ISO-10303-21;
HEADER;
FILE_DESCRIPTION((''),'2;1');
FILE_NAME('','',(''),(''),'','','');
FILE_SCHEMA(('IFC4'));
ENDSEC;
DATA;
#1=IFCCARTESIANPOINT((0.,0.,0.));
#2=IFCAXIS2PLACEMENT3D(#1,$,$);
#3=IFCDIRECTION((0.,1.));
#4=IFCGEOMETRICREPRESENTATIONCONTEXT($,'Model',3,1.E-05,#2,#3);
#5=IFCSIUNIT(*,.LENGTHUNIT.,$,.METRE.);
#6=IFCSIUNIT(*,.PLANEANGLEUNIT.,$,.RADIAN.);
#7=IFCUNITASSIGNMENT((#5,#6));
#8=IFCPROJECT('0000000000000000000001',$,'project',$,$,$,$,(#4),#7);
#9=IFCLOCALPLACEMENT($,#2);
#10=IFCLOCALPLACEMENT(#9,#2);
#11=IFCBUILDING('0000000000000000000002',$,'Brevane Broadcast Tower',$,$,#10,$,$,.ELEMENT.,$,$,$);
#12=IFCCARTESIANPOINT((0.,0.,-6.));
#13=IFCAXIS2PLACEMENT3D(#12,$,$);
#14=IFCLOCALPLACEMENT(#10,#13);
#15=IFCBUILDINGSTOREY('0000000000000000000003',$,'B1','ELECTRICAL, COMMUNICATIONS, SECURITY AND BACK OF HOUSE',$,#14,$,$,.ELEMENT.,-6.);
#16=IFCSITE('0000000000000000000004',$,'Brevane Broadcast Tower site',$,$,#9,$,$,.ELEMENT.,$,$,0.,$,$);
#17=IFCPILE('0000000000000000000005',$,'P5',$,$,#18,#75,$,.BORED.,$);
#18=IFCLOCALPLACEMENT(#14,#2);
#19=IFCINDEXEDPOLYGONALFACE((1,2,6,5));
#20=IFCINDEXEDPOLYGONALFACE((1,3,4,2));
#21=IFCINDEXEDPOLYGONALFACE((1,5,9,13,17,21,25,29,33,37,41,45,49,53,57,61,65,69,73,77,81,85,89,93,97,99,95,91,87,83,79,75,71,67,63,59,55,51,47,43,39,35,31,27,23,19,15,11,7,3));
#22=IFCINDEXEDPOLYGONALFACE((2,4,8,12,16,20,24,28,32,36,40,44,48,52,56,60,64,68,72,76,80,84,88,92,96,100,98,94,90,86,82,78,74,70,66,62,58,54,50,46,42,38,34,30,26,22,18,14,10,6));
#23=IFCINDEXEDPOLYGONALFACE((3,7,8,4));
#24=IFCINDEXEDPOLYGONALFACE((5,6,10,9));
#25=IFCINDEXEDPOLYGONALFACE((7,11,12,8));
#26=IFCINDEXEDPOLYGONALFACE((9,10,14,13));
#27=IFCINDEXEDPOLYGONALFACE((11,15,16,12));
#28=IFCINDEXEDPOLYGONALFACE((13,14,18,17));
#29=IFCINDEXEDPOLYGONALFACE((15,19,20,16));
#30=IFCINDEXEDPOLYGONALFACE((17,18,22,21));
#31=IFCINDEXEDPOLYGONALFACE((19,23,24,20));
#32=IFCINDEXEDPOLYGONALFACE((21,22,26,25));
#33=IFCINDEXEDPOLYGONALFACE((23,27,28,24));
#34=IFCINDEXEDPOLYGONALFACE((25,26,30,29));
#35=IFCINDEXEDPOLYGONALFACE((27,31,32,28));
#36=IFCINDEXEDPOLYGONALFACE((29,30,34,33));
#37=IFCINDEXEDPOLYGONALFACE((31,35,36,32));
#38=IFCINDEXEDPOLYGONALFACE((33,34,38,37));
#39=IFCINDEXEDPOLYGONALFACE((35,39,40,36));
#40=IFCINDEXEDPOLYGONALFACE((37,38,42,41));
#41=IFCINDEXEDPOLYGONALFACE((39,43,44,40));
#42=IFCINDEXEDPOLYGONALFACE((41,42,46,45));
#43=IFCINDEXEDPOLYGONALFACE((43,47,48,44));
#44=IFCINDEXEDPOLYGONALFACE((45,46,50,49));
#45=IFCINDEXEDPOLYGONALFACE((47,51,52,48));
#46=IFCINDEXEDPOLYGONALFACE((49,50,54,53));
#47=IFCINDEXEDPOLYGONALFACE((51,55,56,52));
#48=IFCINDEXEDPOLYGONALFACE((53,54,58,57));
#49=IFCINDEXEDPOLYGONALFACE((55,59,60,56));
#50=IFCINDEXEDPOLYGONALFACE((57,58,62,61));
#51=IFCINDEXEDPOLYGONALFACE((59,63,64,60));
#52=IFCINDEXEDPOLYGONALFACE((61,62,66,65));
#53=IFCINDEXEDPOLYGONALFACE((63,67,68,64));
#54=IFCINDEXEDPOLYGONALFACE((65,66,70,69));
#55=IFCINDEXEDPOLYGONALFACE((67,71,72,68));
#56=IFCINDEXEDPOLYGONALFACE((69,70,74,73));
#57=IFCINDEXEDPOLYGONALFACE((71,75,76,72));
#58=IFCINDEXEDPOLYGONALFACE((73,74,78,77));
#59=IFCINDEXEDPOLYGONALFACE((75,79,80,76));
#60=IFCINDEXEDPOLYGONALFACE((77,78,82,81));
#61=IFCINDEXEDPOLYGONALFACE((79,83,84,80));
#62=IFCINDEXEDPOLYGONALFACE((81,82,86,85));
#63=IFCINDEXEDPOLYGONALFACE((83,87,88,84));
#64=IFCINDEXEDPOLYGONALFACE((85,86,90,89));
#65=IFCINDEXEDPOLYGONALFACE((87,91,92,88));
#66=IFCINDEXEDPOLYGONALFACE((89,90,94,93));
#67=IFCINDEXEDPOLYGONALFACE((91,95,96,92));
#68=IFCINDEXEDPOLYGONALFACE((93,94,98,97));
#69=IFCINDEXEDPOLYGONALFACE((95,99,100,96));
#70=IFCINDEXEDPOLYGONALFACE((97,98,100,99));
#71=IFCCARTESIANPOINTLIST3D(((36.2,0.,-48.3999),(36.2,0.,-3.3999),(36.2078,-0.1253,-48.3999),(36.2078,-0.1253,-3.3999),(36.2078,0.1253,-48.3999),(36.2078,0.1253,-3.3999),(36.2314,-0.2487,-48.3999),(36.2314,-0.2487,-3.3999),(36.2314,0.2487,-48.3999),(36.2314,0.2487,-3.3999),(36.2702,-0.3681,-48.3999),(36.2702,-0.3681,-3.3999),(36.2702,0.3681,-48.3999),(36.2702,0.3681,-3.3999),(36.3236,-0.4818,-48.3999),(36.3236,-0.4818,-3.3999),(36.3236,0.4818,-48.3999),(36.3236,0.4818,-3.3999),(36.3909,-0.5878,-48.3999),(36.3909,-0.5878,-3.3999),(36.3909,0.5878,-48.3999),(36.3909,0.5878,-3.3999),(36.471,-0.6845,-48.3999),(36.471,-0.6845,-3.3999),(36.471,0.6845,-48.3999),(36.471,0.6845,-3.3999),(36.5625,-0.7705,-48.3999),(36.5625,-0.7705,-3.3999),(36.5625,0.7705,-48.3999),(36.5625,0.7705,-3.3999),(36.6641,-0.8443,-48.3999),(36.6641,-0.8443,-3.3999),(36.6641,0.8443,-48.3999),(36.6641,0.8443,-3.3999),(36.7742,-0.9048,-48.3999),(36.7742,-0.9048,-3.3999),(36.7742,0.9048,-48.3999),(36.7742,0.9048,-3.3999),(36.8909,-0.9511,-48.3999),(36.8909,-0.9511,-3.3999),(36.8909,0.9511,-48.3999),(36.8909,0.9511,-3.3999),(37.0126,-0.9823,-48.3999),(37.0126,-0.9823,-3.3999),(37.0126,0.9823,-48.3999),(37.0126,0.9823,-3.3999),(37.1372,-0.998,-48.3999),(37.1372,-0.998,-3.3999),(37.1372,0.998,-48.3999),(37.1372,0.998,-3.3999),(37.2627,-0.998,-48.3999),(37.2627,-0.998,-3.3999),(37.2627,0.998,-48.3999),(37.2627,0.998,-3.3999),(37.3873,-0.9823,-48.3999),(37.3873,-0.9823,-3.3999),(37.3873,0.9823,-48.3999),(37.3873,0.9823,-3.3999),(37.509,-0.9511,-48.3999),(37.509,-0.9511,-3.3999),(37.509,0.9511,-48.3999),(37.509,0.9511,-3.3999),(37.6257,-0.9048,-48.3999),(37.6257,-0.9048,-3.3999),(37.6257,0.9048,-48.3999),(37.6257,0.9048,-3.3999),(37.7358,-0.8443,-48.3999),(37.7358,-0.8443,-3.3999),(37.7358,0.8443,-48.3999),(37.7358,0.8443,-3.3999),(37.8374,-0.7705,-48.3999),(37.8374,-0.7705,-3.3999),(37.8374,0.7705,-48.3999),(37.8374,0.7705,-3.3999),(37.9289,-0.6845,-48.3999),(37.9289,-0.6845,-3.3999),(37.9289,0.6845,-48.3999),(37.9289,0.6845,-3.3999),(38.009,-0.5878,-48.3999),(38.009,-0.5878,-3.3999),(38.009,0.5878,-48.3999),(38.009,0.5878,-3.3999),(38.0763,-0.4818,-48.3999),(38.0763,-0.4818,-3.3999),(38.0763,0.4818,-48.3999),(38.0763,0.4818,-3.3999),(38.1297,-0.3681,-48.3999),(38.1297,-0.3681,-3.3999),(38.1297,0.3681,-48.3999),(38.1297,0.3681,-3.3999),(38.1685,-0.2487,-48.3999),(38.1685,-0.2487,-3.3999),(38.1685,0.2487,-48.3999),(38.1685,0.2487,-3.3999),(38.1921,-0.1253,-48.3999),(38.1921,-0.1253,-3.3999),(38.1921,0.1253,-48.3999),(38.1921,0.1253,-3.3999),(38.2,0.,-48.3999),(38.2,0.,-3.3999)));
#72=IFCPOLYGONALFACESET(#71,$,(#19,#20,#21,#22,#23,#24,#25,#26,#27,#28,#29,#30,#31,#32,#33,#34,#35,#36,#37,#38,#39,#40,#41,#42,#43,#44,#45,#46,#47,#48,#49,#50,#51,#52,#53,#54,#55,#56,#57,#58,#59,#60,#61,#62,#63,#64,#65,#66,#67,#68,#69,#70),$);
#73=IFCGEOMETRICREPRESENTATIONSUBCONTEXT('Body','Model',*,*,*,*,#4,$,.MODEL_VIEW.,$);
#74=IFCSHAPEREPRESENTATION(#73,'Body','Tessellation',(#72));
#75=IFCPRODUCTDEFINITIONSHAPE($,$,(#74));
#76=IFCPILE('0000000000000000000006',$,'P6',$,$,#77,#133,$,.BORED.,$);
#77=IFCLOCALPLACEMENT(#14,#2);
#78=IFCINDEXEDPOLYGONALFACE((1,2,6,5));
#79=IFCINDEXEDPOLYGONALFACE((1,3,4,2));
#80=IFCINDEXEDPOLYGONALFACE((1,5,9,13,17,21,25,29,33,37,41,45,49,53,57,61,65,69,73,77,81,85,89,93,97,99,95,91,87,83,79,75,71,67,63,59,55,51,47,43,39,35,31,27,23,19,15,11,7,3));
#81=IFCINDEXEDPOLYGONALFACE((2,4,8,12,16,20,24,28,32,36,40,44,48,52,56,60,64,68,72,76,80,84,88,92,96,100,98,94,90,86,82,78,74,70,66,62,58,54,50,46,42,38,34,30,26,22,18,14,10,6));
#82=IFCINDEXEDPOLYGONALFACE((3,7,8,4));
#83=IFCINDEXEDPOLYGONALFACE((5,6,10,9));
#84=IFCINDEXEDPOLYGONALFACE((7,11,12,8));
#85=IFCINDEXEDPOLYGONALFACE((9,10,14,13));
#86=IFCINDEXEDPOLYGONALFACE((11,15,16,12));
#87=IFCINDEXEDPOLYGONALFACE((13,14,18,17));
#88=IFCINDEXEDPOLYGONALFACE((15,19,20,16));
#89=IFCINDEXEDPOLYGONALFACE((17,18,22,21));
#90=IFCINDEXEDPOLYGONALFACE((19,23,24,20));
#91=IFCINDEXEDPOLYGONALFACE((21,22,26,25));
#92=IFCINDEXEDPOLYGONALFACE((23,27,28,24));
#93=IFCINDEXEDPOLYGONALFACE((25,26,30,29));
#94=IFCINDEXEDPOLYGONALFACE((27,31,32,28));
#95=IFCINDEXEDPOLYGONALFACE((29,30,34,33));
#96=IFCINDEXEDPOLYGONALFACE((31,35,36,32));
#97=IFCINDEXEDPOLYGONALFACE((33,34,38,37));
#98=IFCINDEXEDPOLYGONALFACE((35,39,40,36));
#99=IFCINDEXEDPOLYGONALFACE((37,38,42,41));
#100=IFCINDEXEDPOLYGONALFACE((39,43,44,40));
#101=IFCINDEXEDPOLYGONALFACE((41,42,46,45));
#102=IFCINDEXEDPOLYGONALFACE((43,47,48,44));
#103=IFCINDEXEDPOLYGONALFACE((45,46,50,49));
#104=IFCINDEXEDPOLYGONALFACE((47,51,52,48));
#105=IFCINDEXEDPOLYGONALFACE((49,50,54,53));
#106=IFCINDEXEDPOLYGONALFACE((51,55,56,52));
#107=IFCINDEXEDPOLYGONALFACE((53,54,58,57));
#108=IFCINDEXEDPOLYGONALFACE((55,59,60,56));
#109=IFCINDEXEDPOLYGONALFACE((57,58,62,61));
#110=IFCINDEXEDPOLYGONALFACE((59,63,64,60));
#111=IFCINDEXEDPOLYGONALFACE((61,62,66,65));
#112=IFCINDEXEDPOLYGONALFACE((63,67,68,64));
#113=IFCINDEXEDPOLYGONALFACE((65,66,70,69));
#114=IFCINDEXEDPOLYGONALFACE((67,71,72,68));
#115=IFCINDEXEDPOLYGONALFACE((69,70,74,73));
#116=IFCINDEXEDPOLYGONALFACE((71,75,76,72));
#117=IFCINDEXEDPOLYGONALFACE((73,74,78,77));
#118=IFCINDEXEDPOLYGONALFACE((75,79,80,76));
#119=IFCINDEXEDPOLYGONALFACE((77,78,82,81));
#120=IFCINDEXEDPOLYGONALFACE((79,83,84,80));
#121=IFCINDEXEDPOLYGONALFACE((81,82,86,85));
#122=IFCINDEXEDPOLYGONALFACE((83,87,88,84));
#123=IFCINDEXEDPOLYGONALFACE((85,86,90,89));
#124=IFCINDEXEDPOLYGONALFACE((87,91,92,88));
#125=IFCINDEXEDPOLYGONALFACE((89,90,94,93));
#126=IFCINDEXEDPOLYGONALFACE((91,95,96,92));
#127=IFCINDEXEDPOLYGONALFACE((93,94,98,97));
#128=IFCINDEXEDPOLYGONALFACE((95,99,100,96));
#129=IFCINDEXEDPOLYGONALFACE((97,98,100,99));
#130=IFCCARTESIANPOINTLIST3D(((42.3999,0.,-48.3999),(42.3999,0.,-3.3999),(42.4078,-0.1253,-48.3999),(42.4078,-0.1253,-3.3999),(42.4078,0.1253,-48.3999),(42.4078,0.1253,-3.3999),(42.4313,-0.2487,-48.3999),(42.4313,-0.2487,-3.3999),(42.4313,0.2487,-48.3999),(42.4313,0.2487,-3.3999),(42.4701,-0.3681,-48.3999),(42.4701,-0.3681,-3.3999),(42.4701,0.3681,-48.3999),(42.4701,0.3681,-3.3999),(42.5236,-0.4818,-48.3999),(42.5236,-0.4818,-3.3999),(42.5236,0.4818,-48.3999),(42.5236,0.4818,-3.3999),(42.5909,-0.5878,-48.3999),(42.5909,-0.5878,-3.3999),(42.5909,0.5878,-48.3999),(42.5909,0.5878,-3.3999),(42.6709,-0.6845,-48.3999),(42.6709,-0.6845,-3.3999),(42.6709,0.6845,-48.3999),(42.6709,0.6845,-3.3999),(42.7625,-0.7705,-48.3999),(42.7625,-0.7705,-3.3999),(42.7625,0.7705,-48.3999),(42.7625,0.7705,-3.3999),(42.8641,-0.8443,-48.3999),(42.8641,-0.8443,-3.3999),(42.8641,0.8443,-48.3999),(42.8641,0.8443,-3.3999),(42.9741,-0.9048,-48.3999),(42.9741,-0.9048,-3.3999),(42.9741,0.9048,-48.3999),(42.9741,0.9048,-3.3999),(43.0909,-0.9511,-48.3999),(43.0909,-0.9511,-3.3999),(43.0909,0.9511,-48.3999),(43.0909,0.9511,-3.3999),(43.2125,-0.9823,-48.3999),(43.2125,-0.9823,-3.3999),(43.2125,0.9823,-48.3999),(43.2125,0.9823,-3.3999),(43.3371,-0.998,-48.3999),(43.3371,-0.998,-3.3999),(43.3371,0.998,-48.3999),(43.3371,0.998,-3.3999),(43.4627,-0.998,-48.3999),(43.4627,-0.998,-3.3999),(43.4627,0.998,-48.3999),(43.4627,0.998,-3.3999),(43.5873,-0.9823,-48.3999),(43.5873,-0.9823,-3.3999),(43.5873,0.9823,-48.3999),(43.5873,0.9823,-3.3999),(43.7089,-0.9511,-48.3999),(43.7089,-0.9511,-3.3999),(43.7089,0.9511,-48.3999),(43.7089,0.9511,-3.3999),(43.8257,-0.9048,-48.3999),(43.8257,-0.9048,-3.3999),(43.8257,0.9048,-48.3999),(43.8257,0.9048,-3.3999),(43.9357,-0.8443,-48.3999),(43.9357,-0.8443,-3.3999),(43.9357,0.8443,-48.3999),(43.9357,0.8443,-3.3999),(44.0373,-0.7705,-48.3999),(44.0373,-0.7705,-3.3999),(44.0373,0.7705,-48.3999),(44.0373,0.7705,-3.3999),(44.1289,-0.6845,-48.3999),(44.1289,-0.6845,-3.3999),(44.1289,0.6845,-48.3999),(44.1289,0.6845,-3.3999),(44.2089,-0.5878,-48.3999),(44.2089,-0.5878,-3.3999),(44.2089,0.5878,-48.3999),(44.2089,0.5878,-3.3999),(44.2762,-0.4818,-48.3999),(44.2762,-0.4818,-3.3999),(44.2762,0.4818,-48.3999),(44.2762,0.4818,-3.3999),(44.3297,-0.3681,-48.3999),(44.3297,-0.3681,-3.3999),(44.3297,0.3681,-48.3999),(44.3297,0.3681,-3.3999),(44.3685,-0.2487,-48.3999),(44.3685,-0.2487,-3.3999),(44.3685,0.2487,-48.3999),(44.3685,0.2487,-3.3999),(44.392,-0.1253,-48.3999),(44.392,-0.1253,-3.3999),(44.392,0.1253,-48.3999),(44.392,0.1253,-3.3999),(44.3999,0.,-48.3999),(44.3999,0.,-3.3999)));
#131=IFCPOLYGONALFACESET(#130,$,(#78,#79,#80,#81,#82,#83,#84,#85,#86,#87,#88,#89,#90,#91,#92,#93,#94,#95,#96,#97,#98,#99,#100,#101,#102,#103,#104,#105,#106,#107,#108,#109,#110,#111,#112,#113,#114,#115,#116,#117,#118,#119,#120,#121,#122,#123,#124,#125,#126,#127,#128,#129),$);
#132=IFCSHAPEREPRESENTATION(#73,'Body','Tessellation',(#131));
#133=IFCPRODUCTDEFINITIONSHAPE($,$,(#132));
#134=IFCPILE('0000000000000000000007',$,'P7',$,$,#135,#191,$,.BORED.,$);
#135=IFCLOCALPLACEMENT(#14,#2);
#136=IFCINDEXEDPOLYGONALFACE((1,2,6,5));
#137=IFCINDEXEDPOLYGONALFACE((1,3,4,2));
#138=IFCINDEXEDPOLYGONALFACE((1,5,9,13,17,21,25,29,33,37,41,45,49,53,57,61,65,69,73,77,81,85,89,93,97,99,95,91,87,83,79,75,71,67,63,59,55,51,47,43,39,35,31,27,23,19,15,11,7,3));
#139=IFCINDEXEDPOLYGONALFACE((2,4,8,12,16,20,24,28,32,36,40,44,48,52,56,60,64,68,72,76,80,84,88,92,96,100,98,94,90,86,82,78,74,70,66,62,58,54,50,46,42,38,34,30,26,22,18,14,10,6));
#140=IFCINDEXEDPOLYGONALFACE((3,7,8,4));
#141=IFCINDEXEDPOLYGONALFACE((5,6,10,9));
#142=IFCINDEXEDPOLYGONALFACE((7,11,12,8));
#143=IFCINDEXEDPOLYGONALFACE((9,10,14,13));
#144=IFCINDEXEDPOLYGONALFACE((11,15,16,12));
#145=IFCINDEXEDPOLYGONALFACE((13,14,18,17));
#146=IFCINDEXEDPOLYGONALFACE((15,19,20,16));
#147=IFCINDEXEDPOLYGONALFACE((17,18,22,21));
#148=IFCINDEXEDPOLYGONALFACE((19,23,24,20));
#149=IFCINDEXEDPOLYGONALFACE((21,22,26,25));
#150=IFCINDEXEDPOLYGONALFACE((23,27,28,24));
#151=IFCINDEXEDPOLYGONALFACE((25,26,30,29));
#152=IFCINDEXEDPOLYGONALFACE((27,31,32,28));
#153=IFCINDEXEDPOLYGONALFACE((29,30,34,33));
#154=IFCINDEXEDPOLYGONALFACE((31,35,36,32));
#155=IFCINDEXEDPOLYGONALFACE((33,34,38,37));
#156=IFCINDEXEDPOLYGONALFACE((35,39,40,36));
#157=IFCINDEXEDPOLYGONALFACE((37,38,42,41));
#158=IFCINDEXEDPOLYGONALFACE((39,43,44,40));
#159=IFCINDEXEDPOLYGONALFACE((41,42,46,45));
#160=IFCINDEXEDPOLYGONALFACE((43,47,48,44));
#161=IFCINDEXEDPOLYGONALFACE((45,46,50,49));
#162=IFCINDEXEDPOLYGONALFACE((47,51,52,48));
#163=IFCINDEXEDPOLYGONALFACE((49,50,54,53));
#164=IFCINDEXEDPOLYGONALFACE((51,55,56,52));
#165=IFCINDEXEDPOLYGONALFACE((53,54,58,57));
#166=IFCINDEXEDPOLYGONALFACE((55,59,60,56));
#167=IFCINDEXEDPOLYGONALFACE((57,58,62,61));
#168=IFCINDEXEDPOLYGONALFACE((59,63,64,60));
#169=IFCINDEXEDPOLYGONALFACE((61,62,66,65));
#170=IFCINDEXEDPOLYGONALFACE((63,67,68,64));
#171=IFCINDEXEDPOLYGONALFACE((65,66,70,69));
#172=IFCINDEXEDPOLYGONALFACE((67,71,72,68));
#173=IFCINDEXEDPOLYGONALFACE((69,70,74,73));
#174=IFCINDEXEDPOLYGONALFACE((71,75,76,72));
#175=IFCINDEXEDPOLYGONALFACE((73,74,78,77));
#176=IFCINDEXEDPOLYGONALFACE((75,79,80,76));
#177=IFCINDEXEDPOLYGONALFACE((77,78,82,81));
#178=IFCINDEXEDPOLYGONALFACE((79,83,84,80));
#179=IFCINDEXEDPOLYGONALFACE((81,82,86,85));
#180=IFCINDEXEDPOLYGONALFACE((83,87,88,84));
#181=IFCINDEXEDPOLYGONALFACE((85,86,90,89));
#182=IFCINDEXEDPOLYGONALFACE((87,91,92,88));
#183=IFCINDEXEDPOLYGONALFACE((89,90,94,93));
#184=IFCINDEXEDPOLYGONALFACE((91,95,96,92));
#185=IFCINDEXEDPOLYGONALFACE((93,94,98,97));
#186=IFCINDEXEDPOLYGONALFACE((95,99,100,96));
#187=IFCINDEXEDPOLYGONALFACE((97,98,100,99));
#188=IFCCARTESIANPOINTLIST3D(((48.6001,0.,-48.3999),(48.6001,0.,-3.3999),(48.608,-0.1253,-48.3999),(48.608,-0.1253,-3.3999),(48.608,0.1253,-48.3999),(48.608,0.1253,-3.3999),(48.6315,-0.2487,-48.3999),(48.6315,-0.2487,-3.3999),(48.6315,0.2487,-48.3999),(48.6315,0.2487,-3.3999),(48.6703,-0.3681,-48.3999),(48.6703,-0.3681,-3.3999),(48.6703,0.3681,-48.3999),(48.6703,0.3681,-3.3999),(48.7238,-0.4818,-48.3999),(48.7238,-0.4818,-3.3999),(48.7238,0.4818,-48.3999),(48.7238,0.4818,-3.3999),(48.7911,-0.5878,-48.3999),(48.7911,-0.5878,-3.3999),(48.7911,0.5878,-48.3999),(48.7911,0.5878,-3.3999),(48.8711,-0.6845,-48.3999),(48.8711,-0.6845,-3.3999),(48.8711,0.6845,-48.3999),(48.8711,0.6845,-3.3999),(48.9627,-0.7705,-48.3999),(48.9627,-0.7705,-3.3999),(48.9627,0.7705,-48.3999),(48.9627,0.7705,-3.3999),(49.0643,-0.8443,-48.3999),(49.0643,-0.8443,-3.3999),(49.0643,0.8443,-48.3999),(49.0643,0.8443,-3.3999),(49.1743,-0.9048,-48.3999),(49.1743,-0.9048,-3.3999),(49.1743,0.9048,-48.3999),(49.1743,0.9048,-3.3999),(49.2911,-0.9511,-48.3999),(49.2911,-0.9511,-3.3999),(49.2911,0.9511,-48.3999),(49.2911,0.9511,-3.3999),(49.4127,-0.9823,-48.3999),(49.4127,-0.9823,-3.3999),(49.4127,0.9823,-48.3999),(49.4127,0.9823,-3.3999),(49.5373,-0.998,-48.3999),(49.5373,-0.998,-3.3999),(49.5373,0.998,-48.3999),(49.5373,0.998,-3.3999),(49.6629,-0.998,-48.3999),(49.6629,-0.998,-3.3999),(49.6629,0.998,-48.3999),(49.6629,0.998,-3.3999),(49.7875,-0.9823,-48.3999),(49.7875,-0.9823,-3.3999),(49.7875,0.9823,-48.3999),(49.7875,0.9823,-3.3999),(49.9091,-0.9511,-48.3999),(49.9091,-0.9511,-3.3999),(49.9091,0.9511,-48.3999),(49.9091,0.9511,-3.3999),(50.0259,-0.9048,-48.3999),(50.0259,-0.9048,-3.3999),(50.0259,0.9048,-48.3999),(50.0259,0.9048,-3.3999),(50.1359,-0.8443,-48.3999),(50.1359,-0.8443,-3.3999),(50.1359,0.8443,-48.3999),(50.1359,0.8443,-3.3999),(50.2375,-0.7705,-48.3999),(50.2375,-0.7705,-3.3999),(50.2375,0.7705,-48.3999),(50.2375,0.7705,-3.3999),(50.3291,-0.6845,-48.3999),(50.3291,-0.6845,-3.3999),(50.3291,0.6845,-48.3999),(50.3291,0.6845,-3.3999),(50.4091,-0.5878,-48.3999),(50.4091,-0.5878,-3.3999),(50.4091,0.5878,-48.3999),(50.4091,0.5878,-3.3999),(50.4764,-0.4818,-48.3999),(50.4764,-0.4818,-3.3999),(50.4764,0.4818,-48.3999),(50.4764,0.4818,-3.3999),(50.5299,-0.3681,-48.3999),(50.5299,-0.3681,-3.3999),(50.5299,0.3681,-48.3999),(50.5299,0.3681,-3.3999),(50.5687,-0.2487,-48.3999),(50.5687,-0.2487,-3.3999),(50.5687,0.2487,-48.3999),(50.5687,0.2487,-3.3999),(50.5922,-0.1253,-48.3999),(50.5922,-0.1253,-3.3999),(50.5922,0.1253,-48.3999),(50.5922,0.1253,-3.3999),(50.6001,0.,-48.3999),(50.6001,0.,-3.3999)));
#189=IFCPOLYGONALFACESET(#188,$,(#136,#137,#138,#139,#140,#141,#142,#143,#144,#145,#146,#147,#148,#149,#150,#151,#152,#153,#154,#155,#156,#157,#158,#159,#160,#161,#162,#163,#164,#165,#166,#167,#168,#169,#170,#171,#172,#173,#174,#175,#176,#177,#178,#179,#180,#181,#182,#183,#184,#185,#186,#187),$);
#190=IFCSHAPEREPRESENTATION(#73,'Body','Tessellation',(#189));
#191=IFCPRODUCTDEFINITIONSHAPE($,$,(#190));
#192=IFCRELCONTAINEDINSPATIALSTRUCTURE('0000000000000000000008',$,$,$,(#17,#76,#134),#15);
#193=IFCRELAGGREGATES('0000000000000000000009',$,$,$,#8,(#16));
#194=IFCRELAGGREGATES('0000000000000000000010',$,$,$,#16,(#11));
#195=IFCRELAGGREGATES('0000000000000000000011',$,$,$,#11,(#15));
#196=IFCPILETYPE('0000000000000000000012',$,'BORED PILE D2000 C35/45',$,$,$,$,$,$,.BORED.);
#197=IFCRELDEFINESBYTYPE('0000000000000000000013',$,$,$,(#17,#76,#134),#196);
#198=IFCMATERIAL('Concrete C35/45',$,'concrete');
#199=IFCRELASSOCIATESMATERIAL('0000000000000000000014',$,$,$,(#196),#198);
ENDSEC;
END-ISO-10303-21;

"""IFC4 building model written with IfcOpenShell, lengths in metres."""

from ifc_helpers import new_model, si_unit, direction, frame, origin, origin_2d, place, context, subcontext, project, spatial, circle, extrude, material, material_profile, profile_set, type_object, element, save


model = new_model("IFC4")

# Units and contexts
model_context = context("Model", 3, precision=1e-05, world=origin(), true_north=direction((0.0, 1.0)))
body_context = subcontext(model_context, "Body", "Model", "MODEL_VIEW")
ifc_project = project(units=[si_unit("LENGTHUNIT", "METRE"), si_unit("PLANEANGLEUNIT", "RADIAN")], contexts=[model_context])

# Site, building, storey
site_placement = place(None, origin())
site = spatial("IfcSite", under=ifc_project, at=site_placement, Name="Brevane Broadcast Tower site", CompositionType="ELEMENT", RefElevation=0.0)
building_placement = place(site_placement, origin())
building = spatial("IfcBuilding", under=site, at=building_placement, Name="Brevane Broadcast Tower", CompositionType="ELEMENT")
storey_placement = place(building_placement, frame((0.0, 0.0, -6.0)))
storey = spatial("IfcBuildingStorey", under=building, at=storey_placement, Name="B1", Description="ELECTRICAL, COMMUNICATIONS, SECURITY AND BACK OF HOUSE", CompositionType="ELEMENT", Elevation=-6.0)

# Piles
ifc_material_1 = material(Name="Concrete C35/45", Category="concrete")
ifc_material_profile_1 = material_profile(ifc_material_1, circle(Radius=1.0, at=origin_2d()), Name="RC D2000")
ifc_profile_set_1 = profile_set([ifc_material_profile_1], Name="Concrete C35/45")
pile_type = type_object("IfcPileType", Name="BORED PILE D2000 C35/45", PredefinedType="BORED", material=ifc_profile_set_1)
for number, where, z_axis, x_axis, name in (
    (1, (37.2, 0.0, -3.3999), (0.0, 0.0, -1.0), (1.0, 0.0, 0.0), "P5"),
    (2, (43.3999, 0.0, -3.3999), (0.0, 0.0, -1.0), (1.0, 0.0, 0.0), "P6"),
    (3, (49.6001, 0.0, -3.3999), (0.0, 0.0, -1.0), (1.0, 0.0, 0.0), "P7"),
):
    element("IfcPile", number, at=place(storey_placement, frame(where, z_axis=z_axis, x_axis=x_axis)), inside=storey, type_object=pile_type, Name=name, PredefinedType="BORED", context=body_context, shape_type="SweptSolid", body=[
        extrude(circle(Radius=1.0, at=origin_2d()), origin(), (0.0, 0.0, 1.0), 45.0),
    ])

save(model, "model.ifc")
